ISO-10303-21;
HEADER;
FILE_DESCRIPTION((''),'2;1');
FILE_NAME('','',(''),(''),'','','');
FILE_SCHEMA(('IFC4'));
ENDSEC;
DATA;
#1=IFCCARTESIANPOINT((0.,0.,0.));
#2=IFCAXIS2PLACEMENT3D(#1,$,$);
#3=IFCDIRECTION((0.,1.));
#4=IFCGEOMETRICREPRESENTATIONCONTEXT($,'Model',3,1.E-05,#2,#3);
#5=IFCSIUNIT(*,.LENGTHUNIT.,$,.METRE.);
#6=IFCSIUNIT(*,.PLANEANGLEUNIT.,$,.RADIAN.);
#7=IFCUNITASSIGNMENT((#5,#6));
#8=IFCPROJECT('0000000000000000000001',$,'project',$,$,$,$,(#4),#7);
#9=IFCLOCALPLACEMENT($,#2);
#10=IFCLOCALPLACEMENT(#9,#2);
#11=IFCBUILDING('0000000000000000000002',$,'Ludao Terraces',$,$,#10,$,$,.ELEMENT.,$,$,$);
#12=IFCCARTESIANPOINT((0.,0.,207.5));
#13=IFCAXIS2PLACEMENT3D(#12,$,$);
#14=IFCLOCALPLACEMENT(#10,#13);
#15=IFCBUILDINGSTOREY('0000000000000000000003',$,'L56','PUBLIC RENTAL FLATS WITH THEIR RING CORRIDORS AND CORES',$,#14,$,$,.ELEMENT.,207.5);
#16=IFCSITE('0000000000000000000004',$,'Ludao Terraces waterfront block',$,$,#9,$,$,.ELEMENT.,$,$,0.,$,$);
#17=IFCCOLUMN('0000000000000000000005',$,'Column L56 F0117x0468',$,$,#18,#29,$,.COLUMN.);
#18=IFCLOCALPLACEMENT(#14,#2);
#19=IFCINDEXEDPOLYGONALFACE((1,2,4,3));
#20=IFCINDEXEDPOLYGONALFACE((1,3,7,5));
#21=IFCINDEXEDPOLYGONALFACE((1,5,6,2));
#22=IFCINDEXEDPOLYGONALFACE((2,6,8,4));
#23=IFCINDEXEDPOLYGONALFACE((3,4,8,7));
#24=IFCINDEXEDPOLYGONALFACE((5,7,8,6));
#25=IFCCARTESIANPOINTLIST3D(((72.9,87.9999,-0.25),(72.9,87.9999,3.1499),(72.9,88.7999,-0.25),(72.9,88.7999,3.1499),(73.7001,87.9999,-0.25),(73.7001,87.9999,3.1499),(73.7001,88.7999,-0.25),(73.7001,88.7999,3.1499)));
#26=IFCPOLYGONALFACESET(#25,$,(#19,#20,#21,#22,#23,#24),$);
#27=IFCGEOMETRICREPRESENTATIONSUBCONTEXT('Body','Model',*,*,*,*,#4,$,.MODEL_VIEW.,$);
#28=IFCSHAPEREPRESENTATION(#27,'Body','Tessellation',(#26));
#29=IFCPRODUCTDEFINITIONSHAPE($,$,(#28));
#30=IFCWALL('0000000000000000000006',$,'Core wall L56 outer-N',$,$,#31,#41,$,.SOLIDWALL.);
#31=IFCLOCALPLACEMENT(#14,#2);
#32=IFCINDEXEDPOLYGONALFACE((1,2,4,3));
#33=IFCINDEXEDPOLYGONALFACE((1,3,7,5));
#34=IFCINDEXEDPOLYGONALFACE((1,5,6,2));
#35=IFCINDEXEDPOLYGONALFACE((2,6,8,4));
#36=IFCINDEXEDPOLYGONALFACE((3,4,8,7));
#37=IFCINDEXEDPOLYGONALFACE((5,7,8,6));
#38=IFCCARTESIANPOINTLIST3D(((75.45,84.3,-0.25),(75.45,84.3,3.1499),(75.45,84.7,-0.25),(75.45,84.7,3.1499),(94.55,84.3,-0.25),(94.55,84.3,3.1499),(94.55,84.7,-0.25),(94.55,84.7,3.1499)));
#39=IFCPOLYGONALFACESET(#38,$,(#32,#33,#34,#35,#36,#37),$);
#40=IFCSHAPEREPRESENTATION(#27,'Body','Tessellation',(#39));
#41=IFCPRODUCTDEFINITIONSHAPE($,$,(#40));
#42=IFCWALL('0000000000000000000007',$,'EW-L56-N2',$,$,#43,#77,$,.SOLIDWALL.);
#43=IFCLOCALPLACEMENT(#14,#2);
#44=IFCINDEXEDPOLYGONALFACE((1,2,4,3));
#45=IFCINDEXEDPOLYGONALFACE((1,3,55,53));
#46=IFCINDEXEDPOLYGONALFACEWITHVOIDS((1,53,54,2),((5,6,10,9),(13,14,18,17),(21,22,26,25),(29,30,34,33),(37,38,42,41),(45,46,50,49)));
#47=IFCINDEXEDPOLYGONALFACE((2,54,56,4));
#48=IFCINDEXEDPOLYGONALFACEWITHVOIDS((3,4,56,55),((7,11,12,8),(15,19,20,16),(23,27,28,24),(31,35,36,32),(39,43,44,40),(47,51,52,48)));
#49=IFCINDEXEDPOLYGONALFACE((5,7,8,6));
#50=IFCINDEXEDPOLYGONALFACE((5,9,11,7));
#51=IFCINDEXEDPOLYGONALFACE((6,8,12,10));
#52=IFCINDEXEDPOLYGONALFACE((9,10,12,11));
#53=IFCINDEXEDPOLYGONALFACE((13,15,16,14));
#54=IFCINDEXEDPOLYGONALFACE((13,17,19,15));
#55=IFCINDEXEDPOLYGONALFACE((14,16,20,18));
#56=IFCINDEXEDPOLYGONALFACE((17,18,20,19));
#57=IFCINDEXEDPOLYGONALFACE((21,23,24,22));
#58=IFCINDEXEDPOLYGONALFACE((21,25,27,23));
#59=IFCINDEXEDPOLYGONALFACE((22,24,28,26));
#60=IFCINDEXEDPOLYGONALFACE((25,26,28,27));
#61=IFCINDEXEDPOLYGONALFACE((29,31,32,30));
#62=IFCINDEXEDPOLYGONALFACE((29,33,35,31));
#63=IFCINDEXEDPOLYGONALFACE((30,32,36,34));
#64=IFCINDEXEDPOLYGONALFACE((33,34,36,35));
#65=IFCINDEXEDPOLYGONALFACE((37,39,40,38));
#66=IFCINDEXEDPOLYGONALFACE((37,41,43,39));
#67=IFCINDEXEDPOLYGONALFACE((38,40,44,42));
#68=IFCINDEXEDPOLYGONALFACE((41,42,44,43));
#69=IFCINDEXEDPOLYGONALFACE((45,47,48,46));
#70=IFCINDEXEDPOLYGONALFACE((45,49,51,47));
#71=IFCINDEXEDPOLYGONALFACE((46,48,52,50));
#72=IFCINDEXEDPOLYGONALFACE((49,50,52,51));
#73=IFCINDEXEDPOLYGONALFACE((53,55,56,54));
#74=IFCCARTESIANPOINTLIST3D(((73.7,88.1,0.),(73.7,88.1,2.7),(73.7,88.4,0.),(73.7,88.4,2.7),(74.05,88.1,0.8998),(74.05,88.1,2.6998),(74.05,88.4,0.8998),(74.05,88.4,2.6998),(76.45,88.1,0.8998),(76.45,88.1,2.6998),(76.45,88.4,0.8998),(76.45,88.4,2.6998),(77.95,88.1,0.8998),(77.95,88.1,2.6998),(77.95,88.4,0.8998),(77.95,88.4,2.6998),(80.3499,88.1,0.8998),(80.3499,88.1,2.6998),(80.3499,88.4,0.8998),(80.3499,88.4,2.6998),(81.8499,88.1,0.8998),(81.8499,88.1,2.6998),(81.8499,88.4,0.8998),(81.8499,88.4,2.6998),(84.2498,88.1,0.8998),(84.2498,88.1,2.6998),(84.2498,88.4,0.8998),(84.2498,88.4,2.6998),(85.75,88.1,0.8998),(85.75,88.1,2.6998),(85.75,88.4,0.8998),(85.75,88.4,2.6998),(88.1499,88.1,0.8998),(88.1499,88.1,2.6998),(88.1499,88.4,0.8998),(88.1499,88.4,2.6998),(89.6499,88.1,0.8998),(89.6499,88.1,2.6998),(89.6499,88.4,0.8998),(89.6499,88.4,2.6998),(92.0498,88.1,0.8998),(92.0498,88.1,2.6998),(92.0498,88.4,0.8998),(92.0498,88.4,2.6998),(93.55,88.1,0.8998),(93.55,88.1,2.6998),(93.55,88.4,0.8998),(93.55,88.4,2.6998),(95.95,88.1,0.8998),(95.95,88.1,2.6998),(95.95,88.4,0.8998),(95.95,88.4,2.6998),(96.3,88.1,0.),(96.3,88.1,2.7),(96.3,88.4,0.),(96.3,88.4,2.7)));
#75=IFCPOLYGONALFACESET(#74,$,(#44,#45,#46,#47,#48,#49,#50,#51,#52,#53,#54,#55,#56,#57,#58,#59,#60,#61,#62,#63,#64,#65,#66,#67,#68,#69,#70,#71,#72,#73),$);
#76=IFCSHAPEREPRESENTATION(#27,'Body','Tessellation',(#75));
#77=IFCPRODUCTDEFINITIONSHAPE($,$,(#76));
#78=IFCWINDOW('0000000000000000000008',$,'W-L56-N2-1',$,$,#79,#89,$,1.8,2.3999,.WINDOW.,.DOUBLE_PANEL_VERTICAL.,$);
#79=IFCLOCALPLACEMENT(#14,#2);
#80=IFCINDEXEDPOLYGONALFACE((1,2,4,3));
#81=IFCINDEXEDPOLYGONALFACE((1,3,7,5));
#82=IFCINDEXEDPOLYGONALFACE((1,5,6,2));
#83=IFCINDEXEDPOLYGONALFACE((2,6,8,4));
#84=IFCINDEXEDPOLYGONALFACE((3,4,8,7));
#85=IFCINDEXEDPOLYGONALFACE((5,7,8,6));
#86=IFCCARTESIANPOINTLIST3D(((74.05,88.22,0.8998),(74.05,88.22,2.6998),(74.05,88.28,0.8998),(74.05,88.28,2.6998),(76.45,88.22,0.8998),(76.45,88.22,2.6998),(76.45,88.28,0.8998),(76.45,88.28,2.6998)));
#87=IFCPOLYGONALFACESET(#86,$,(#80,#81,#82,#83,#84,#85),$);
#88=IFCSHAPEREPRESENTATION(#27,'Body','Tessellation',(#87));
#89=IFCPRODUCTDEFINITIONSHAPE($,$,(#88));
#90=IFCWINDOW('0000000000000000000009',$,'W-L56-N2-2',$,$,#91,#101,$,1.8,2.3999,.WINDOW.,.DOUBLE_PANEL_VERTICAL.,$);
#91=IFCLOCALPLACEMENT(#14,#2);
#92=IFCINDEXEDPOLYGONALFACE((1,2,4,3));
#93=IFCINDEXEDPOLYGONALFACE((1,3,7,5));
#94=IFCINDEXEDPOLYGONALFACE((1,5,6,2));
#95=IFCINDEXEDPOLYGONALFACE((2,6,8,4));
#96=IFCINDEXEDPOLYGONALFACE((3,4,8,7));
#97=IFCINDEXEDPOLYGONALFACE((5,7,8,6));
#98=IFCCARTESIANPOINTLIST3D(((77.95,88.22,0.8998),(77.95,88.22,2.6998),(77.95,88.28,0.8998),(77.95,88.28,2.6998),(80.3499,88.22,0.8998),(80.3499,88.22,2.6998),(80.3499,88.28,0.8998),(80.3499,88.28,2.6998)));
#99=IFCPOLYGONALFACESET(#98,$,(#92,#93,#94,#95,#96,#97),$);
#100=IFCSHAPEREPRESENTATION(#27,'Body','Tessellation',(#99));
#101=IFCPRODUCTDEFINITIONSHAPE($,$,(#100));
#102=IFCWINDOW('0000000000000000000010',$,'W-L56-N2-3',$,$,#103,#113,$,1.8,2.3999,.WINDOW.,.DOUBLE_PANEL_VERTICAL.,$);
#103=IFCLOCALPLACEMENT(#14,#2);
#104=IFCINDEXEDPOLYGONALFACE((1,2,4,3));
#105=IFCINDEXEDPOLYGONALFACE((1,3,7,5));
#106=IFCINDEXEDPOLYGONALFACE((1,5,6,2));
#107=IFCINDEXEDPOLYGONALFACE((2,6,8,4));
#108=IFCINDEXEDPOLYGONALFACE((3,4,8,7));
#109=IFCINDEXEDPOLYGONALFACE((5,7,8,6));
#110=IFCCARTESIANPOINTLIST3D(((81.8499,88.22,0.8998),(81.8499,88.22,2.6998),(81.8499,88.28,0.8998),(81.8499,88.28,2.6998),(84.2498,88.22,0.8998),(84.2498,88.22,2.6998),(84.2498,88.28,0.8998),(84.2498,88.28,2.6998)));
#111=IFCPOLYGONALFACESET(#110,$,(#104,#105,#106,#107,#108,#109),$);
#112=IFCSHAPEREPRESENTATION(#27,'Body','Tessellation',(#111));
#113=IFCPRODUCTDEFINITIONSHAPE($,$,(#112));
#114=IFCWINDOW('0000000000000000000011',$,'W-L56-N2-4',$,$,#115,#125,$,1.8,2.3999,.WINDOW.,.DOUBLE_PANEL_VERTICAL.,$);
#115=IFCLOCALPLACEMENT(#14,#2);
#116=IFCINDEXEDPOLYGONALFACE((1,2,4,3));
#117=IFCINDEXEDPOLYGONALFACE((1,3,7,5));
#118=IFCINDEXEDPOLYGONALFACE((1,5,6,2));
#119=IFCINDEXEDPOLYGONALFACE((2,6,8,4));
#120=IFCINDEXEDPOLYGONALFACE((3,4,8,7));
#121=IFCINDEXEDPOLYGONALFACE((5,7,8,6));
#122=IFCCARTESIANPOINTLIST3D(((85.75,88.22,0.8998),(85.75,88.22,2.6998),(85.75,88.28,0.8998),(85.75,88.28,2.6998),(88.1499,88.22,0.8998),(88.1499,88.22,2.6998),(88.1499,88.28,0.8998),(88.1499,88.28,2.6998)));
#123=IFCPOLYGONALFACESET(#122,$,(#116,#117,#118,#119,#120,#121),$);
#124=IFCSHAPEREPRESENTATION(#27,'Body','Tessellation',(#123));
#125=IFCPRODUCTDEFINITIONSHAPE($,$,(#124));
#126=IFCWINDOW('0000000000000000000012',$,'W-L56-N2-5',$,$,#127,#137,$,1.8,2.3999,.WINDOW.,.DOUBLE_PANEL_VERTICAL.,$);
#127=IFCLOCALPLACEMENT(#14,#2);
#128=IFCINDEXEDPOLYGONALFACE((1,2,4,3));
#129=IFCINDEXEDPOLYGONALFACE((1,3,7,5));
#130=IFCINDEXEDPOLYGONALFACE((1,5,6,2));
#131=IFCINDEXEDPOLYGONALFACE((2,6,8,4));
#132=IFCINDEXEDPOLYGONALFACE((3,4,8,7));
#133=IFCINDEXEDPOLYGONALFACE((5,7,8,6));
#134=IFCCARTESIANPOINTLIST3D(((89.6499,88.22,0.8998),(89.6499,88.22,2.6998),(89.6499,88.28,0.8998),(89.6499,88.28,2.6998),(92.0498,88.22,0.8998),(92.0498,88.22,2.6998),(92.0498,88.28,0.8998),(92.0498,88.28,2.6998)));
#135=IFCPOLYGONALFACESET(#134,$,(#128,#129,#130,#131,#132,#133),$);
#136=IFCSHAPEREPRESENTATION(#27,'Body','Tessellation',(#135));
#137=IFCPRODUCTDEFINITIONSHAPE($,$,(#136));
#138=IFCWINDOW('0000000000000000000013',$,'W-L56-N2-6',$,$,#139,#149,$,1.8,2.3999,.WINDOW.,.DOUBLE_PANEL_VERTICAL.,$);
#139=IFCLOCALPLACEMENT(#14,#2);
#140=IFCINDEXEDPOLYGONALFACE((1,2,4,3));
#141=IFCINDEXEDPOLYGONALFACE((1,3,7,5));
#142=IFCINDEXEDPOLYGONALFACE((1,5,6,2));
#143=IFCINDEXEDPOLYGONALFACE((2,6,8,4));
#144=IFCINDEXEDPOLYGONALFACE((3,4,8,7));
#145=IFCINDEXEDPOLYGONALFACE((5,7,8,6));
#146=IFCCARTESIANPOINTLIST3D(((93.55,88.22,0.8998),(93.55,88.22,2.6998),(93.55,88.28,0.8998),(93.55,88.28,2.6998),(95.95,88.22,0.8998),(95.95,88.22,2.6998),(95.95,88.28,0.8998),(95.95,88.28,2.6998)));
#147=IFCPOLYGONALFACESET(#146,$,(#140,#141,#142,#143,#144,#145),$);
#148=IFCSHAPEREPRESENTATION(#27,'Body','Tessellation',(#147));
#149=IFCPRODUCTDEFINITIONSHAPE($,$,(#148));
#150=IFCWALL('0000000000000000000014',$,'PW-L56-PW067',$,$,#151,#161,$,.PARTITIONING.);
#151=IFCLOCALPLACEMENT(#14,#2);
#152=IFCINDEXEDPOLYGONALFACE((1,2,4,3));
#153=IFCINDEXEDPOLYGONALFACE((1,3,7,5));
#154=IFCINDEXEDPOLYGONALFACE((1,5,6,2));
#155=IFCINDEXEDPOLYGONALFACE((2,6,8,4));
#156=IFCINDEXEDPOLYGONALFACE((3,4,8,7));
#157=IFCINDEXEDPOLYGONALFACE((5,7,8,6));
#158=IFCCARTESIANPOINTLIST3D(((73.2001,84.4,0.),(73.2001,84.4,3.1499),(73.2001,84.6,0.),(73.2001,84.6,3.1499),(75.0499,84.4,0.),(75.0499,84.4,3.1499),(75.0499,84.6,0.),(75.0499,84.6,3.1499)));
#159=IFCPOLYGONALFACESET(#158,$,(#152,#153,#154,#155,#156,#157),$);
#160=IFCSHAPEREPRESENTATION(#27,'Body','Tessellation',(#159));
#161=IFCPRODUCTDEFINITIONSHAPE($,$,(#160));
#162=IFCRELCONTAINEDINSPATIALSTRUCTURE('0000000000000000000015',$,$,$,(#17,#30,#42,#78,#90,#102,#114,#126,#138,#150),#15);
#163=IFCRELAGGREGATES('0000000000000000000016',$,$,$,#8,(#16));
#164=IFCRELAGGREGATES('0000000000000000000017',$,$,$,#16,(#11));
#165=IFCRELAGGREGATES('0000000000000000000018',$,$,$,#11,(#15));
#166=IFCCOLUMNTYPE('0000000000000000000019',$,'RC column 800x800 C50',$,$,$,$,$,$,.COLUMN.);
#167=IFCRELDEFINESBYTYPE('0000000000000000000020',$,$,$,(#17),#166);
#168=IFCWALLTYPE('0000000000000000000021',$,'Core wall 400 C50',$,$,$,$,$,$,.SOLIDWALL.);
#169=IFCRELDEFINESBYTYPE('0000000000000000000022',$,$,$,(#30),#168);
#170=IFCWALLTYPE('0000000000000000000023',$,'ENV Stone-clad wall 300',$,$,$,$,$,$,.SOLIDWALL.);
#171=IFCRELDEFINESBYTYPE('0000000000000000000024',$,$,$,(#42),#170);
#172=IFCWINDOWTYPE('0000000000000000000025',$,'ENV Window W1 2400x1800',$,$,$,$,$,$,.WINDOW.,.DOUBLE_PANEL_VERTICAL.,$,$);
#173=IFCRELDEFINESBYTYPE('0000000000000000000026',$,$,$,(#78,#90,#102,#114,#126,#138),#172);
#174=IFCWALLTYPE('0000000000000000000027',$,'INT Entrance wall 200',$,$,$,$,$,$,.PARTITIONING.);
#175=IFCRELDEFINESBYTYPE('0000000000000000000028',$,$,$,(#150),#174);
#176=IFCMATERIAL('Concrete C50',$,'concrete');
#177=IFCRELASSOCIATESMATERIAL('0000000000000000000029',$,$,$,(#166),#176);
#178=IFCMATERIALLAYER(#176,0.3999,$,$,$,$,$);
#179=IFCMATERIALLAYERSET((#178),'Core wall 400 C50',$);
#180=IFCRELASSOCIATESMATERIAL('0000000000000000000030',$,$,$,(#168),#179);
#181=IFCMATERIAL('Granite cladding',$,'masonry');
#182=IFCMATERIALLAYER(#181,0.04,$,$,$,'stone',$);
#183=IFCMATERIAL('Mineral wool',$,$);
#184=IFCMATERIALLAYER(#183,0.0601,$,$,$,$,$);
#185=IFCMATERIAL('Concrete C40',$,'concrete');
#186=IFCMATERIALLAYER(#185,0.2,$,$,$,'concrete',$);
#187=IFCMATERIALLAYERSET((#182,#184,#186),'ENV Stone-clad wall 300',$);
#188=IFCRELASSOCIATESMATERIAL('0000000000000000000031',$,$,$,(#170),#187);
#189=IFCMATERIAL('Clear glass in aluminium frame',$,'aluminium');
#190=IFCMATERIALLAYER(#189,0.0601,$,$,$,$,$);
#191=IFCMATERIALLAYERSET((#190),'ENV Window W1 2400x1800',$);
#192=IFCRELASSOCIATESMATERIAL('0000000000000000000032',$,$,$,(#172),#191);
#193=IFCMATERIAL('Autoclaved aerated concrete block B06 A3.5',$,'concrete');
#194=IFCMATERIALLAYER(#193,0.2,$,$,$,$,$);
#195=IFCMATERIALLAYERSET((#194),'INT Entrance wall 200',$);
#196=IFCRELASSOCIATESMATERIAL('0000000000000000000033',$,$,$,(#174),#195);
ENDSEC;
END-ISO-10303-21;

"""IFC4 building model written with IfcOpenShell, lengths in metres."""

from ifc_helpers import new_model, si_unit, direction, frame, frame_2d, origin, origin_2d, place, context, subcontext, project, spatial, rectangle, extrude, material, layer, layer_set, material_profile, profile_set, type_object, element, fill, save


model = new_model("IFC4")

# Units and contexts
model_context = context("Model", 3, precision=1e-05, world=origin(), true_north=direction((0.0, 1.0)))
body_context = subcontext(model_context, "Body", "Model", "MODEL_VIEW")
ifc_project = project(units=[si_unit("LENGTHUNIT", "METRE"), si_unit("PLANEANGLEUNIT", "RADIAN")], contexts=[model_context])

# Site, building, storey
site_placement = place(None, origin())
site = spatial("IfcSite", under=ifc_project, at=site_placement, Name="Ludao Terraces waterfront block", CompositionType="ELEMENT", RefElevation=0.0)
building_placement = place(site_placement, origin())
building = spatial("IfcBuilding", under=site, at=building_placement, Name="Ludao Terraces", CompositionType="ELEMENT")
storey_placement = place(building_placement, frame((0.0, 0.0, 207.5)))
storey = spatial("IfcBuildingStorey", under=building, at=storey_placement, Name="L56", Description="PUBLIC RENTAL FLATS WITH THEIR RING CORRIDORS AND CORES", CompositionType="ELEMENT", Elevation=207.5)

# Column
ifc_material_1 = material(Name="Concrete C50", Category="concrete")
ifc_material_profile = material_profile(ifc_material_1, rectangle(XDim=0.8, YDim=0.8, at=origin_2d()), Name="800 X 800")
ifc_profile_set = profile_set([ifc_material_profile], Name="Concrete C50")
column_type = type_object("IfcColumnType", Name="RC column 800x800 C50", PredefinedType="COLUMN", material=ifc_profile_set)
column_placement = place(storey_placement, frame((73.3, 88.3999, -0.25), z_axis=(0.0, 0.0, 1.0), x_axis=(1.0, 0.0, 0.0)))
element("IfcColumn", 1, at=column_placement, inside=storey, type_object=column_type, Name="Column L56 F0117x0468", PredefinedType="COLUMN", context=body_context, shape_type="SweptSolid", body=[
    extrude(rectangle(XDim=0.8, YDim=0.8, at=origin_2d()), origin(), (0.0, 0.0, 1.0), 3.3999),
])

# Wall
ifc_layer_1 = layer(ifc_material_1, 0.3999)
ifc_layer_set_1 = layer_set([ifc_layer_1], Name="Core wall 400 C50")
wall_type_1 = type_object("IfcWallType", Name="Core wall 400 C50", PredefinedType="SOLIDWALL", material=ifc_layer_set_1)
wall_1_placement = place(storey_placement, frame((75.45, 84.5, -0.25), z_axis=(0.0, 0.0, 1.0), x_axis=(1.0, 0.0, 0.0)))
element("IfcWall", 2, at=wall_1_placement, inside=storey, type_object=wall_type_1, Name="Core wall L56 outer-N", PredefinedType="SOLIDWALL", context=body_context, shape_type="SweptSolid", body=[
    extrude(rectangle(XDim=19.1001, YDim=0.3999, at=frame_2d((9.55, 0.0))), origin(), (0.0, 0.0, 1.0), 3.3999),
])

# Wall, openings, windows
ifc_material_2 = material(Name="Granite cladding", Category="masonry")
ifc_layer_2 = layer(ifc_material_2, 0.04, Category="stone")
ifc_material_3 = material(Name="Mineral wool")
ifc_layer_3 = layer(ifc_material_3, 0.0601)
ifc_material_4 = material(Name="Concrete C40", Category="concrete")
ifc_layer_4 = layer(ifc_material_4, 0.2, Category="concrete")
ifc_layer_set_2 = layer_set([ifc_layer_2, ifc_layer_3, ifc_layer_4], Name="ENV Stone-clad wall 300")
wall_type_2 = type_object("IfcWallType", Name="ENV Stone-clad wall 300", PredefinedType="SOLIDWALL", material=ifc_layer_set_2)
wall_2_placement = place(storey_placement, frame((73.7, 88.25, 0.0), z_axis=(0.0, 0.0, 1.0), x_axis=(1.0, 0.0, 0.0)))
wall_2 = element("IfcWall", 3, at=wall_2_placement, inside=storey, type_object=wall_type_2, Name="EW-L56-N2", PredefinedType="SOLIDWALL", context=body_context, shape_type="SweptSolid", body=[
    extrude(rectangle(XDim=22.6001, YDim=0.3, at=frame_2d((11.3, 0.0))), origin(), (0.0, 0.0, 1.0), 2.7),
])
opening_1_placement = place(wall_2_placement, frame((0.3501, 0.0, 0.8999)))
opening_1 = element("IfcOpeningElement", 4, at=opening_1_placement, cuts=wall_2, PredefinedType="OPENING", context=body_context, shape_type="SweptSolid", body=[
    extrude(rectangle(XDim=2.3999, YDim=1.8, at=frame_2d((1.2, 0.8999))), frame((0.0, 0.1602, 0.0), z_axis=(0.0, -1.0, 0.0), x_axis=(1.0, 0.0, 0.0)), (0.0, 0.0, 1.0), 0.3201),
])
opening_2_placement = place(wall_2_placement, frame((4.25, 0.0, 0.8999)))
opening_2 = element("IfcOpeningElement", 5, at=opening_2_placement, cuts=wall_2, PredefinedType="OPENING", context=body_context, shape_type="SweptSolid", body=[
    extrude(rectangle(XDim=2.3999, YDim=1.8, at=frame_2d((1.2, 0.8999))), frame((0.0, 0.1602, 0.0), z_axis=(0.0, -1.0, 0.0), x_axis=(1.0, 0.0, 0.0)), (0.0, 0.0, 1.0), 0.3201),
])
opening_3_placement = place(wall_2_placement, frame((8.1499, 0.0, 0.8999)))
opening_3 = element("IfcOpeningElement", 6, at=opening_3_placement, cuts=wall_2, PredefinedType="OPENING", context=body_context, shape_type="SweptSolid", body=[
    extrude(rectangle(XDim=2.3999, YDim=1.8, at=frame_2d((1.2, 0.8999))), frame((0.0, 0.1602, 0.0), z_axis=(0.0, -1.0, 0.0), x_axis=(1.0, 0.0, 0.0)), (0.0, 0.0, 1.0), 0.3201),
])
opening_4_placement = place(wall_2_placement, frame((12.05, 0.0, 0.8999)))
opening_4 = element("IfcOpeningElement", 7, at=opening_4_placement, cuts=wall_2, PredefinedType="OPENING", context=body_context, shape_type="SweptSolid", body=[
    extrude(rectangle(XDim=2.3999, YDim=1.8, at=frame_2d((1.2, 0.8999))), frame((0.0, 0.1602, 0.0), z_axis=(0.0, -1.0, 0.0), x_axis=(1.0, 0.0, 0.0)), (0.0, 0.0, 1.0), 0.3201),
])
opening_5_placement = place(wall_2_placement, frame((15.95, 0.0, 0.8999)))
opening_5 = element("IfcOpeningElement", 8, at=opening_5_placement, cuts=wall_2, PredefinedType="OPENING", context=body_context, shape_type="SweptSolid", body=[
    extrude(rectangle(XDim=2.3999, YDim=1.8, at=frame_2d((1.2, 0.8999))), frame((0.0, 0.1602, 0.0), z_axis=(0.0, -1.0, 0.0), x_axis=(1.0, 0.0, 0.0)), (0.0, 0.0, 1.0), 0.3201),
])
opening_6_placement = place(wall_2_placement, frame((19.8501, 0.0, 0.8999)))
opening_6 = element("IfcOpeningElement", 9, at=opening_6_placement, cuts=wall_2, PredefinedType="OPENING", context=body_context, shape_type="SweptSolid", body=[
    extrude(rectangle(XDim=2.3999, YDim=1.8, at=frame_2d((1.2, 0.8999))), frame((0.0, 0.1602, 0.0), z_axis=(0.0, -1.0, 0.0), x_axis=(1.0, 0.0, 0.0)), (0.0, 0.0, 1.0), 0.3201),
])
ifc_material_5 = material(Name="Clear glass in aluminium frame", Category="aluminium")
ifc_layer_5 = layer(ifc_material_5, 0.0601)
ifc_layer_set_3 = layer_set([ifc_layer_5], Name="ENV Window W1 2400x1800")
window_type = type_object("IfcWindowType", Name="ENV Window W1 2400x1800", PartitioningType="DOUBLE_PANEL_VERTICAL", PredefinedType="WINDOW", material=ifc_layer_set_3)
window_1_placement = place(opening_1_placement, origin())
window_1 = element("IfcWindow", 10, at=window_1_placement, inside=storey, type_object=window_type, Name="W-L56-N2-1", OverallHeight=1.8, OverallWidth=2.3999, PartitioningType="DOUBLE_PANEL_VERTICAL", PredefinedType="WINDOW", context=body_context, shape_type="SweptSolid", body=[
    extrude(rectangle(XDim=2.3999, YDim=1.8, at=frame_2d((1.2, 0.8999))), frame((0.0, 0.03, 0.0), z_axis=(0.0, -1.0, 0.0), x_axis=(1.0, 0.0, 0.0)), (0.0, 0.0, 1.0), 0.0601),
])
fill(opening_1, window_1)
window_2_placement = place(opening_2_placement, origin())
window_2 = element("IfcWindow", 11, at=window_2_placement, inside=storey, type_object=window_type, Name="W-L56-N2-2", OverallHeight=1.8, OverallWidth=2.3999, PartitioningType="DOUBLE_PANEL_VERTICAL", PredefinedType="WINDOW", context=body_context, shape_type="SweptSolid", body=[
    extrude(rectangle(XDim=2.3999, YDim=1.8, at=frame_2d((1.2, 0.8999))), frame((0.0, 0.03, 0.0), z_axis=(0.0, -1.0, 0.0), x_axis=(1.0, 0.0, 0.0)), (0.0, 0.0, 1.0), 0.0601),
])
fill(opening_2, window_2)
window_3_placement = place(opening_3_placement, origin())
window_3 = element("IfcWindow", 12, at=window_3_placement, inside=storey, type_object=window_type, Name="W-L56-N2-3", OverallHeight=1.8, OverallWidth=2.3999, PartitioningType="DOUBLE_PANEL_VERTICAL", PredefinedType="WINDOW", context=body_context, shape_type="SweptSolid", body=[
    extrude(rectangle(XDim=2.3999, YDim=1.8, at=frame_2d((1.2, 0.8999))), frame((0.0, 0.03, 0.0), z_axis=(0.0, -1.0, 0.0), x_axis=(1.0, 0.0, 0.0)), (0.0, 0.0, 1.0), 0.0601),
])
fill(opening_3, window_3)
window_4_placement = place(opening_4_placement, origin())
window_4 = element("IfcWindow", 13, at=window_4_placement, inside=storey, type_object=window_type, Name="W-L56-N2-4", OverallHeight=1.8, OverallWidth=2.3999, PartitioningType="DOUBLE_PANEL_VERTICAL", PredefinedType="WINDOW", context=body_context, shape_type="SweptSolid", body=[
    extrude(rectangle(XDim=2.3999, YDim=1.8, at=frame_2d((1.2, 0.8999))), frame((0.0, 0.03, 0.0), z_axis=(0.0, -1.0, 0.0), x_axis=(1.0, 0.0, 0.0)), (0.0, 0.0, 1.0), 0.0601),
])
fill(opening_4, window_4)
window_5_placement = place(opening_5_placement, origin())
window_5 = element("IfcWindow", 14, at=window_5_placement, inside=storey, type_object=window_type, Name="W-L56-N2-5", OverallHeight=1.8, OverallWidth=2.3999, PartitioningType="DOUBLE_PANEL_VERTICAL", PredefinedType="WINDOW", context=body_context, shape_type="SweptSolid", body=[
    extrude(rectangle(XDim=2.3999, YDim=1.8, at=frame_2d((1.2, 0.8999))), frame((0.0, 0.03, 0.0), z_axis=(0.0, -1.0, 0.0), x_axis=(1.0, 0.0, 0.0)), (0.0, 0.0, 1.0), 0.0601),
])
fill(opening_5, window_5)
window_6_placement = place(opening_6_placement, origin())
window_6 = element("IfcWindow", 15, at=window_6_placement, inside=storey, type_object=window_type, Name="W-L56-N2-6", OverallHeight=1.8, OverallWidth=2.3999, PartitioningType="DOUBLE_PANEL_VERTICAL", PredefinedType="WINDOW", context=body_context, shape_type="SweptSolid", body=[
    extrude(rectangle(XDim=2.3999, YDim=1.8, at=frame_2d((1.2, 0.8999))), frame((0.0, 0.03, 0.0), z_axis=(0.0, -1.0, 0.0), x_axis=(1.0, 0.0, 0.0)), (0.0, 0.0, 1.0), 0.0601),
])
fill(opening_6, window_6)

# Wall
ifc_material_6 = material(Name="Autoclaved aerated concrete block B06 A3.5", Category="concrete")
ifc_layer_6 = layer(ifc_material_6, 0.2)
ifc_layer_set_4 = layer_set([ifc_layer_6], Name="INT Entrance wall 200")
wall_type_3 = type_object("IfcWallType", Name="INT Entrance wall 200", PredefinedType="PARTITIONING", material=ifc_layer_set_4)
wall_3_placement = place(storey_placement, frame((73.2002, 84.5, 0.0), z_axis=(0.0, 0.0, 1.0), x_axis=(1.0, 0.0, 0.0)))
element("IfcWall", 16, at=wall_3_placement, inside=storey, type_object=wall_type_3, Name="PW-L56-PW067", PredefinedType="PARTITIONING", context=body_context, shape_type="SweptSolid", body=[
    extrude(rectangle(XDim=1.8499, YDim=0.2, at=frame_2d((0.9248, 0.0))), origin(), (0.0, 0.0, 1.0), 3.1499),
])

save(model, "model.ifc")
